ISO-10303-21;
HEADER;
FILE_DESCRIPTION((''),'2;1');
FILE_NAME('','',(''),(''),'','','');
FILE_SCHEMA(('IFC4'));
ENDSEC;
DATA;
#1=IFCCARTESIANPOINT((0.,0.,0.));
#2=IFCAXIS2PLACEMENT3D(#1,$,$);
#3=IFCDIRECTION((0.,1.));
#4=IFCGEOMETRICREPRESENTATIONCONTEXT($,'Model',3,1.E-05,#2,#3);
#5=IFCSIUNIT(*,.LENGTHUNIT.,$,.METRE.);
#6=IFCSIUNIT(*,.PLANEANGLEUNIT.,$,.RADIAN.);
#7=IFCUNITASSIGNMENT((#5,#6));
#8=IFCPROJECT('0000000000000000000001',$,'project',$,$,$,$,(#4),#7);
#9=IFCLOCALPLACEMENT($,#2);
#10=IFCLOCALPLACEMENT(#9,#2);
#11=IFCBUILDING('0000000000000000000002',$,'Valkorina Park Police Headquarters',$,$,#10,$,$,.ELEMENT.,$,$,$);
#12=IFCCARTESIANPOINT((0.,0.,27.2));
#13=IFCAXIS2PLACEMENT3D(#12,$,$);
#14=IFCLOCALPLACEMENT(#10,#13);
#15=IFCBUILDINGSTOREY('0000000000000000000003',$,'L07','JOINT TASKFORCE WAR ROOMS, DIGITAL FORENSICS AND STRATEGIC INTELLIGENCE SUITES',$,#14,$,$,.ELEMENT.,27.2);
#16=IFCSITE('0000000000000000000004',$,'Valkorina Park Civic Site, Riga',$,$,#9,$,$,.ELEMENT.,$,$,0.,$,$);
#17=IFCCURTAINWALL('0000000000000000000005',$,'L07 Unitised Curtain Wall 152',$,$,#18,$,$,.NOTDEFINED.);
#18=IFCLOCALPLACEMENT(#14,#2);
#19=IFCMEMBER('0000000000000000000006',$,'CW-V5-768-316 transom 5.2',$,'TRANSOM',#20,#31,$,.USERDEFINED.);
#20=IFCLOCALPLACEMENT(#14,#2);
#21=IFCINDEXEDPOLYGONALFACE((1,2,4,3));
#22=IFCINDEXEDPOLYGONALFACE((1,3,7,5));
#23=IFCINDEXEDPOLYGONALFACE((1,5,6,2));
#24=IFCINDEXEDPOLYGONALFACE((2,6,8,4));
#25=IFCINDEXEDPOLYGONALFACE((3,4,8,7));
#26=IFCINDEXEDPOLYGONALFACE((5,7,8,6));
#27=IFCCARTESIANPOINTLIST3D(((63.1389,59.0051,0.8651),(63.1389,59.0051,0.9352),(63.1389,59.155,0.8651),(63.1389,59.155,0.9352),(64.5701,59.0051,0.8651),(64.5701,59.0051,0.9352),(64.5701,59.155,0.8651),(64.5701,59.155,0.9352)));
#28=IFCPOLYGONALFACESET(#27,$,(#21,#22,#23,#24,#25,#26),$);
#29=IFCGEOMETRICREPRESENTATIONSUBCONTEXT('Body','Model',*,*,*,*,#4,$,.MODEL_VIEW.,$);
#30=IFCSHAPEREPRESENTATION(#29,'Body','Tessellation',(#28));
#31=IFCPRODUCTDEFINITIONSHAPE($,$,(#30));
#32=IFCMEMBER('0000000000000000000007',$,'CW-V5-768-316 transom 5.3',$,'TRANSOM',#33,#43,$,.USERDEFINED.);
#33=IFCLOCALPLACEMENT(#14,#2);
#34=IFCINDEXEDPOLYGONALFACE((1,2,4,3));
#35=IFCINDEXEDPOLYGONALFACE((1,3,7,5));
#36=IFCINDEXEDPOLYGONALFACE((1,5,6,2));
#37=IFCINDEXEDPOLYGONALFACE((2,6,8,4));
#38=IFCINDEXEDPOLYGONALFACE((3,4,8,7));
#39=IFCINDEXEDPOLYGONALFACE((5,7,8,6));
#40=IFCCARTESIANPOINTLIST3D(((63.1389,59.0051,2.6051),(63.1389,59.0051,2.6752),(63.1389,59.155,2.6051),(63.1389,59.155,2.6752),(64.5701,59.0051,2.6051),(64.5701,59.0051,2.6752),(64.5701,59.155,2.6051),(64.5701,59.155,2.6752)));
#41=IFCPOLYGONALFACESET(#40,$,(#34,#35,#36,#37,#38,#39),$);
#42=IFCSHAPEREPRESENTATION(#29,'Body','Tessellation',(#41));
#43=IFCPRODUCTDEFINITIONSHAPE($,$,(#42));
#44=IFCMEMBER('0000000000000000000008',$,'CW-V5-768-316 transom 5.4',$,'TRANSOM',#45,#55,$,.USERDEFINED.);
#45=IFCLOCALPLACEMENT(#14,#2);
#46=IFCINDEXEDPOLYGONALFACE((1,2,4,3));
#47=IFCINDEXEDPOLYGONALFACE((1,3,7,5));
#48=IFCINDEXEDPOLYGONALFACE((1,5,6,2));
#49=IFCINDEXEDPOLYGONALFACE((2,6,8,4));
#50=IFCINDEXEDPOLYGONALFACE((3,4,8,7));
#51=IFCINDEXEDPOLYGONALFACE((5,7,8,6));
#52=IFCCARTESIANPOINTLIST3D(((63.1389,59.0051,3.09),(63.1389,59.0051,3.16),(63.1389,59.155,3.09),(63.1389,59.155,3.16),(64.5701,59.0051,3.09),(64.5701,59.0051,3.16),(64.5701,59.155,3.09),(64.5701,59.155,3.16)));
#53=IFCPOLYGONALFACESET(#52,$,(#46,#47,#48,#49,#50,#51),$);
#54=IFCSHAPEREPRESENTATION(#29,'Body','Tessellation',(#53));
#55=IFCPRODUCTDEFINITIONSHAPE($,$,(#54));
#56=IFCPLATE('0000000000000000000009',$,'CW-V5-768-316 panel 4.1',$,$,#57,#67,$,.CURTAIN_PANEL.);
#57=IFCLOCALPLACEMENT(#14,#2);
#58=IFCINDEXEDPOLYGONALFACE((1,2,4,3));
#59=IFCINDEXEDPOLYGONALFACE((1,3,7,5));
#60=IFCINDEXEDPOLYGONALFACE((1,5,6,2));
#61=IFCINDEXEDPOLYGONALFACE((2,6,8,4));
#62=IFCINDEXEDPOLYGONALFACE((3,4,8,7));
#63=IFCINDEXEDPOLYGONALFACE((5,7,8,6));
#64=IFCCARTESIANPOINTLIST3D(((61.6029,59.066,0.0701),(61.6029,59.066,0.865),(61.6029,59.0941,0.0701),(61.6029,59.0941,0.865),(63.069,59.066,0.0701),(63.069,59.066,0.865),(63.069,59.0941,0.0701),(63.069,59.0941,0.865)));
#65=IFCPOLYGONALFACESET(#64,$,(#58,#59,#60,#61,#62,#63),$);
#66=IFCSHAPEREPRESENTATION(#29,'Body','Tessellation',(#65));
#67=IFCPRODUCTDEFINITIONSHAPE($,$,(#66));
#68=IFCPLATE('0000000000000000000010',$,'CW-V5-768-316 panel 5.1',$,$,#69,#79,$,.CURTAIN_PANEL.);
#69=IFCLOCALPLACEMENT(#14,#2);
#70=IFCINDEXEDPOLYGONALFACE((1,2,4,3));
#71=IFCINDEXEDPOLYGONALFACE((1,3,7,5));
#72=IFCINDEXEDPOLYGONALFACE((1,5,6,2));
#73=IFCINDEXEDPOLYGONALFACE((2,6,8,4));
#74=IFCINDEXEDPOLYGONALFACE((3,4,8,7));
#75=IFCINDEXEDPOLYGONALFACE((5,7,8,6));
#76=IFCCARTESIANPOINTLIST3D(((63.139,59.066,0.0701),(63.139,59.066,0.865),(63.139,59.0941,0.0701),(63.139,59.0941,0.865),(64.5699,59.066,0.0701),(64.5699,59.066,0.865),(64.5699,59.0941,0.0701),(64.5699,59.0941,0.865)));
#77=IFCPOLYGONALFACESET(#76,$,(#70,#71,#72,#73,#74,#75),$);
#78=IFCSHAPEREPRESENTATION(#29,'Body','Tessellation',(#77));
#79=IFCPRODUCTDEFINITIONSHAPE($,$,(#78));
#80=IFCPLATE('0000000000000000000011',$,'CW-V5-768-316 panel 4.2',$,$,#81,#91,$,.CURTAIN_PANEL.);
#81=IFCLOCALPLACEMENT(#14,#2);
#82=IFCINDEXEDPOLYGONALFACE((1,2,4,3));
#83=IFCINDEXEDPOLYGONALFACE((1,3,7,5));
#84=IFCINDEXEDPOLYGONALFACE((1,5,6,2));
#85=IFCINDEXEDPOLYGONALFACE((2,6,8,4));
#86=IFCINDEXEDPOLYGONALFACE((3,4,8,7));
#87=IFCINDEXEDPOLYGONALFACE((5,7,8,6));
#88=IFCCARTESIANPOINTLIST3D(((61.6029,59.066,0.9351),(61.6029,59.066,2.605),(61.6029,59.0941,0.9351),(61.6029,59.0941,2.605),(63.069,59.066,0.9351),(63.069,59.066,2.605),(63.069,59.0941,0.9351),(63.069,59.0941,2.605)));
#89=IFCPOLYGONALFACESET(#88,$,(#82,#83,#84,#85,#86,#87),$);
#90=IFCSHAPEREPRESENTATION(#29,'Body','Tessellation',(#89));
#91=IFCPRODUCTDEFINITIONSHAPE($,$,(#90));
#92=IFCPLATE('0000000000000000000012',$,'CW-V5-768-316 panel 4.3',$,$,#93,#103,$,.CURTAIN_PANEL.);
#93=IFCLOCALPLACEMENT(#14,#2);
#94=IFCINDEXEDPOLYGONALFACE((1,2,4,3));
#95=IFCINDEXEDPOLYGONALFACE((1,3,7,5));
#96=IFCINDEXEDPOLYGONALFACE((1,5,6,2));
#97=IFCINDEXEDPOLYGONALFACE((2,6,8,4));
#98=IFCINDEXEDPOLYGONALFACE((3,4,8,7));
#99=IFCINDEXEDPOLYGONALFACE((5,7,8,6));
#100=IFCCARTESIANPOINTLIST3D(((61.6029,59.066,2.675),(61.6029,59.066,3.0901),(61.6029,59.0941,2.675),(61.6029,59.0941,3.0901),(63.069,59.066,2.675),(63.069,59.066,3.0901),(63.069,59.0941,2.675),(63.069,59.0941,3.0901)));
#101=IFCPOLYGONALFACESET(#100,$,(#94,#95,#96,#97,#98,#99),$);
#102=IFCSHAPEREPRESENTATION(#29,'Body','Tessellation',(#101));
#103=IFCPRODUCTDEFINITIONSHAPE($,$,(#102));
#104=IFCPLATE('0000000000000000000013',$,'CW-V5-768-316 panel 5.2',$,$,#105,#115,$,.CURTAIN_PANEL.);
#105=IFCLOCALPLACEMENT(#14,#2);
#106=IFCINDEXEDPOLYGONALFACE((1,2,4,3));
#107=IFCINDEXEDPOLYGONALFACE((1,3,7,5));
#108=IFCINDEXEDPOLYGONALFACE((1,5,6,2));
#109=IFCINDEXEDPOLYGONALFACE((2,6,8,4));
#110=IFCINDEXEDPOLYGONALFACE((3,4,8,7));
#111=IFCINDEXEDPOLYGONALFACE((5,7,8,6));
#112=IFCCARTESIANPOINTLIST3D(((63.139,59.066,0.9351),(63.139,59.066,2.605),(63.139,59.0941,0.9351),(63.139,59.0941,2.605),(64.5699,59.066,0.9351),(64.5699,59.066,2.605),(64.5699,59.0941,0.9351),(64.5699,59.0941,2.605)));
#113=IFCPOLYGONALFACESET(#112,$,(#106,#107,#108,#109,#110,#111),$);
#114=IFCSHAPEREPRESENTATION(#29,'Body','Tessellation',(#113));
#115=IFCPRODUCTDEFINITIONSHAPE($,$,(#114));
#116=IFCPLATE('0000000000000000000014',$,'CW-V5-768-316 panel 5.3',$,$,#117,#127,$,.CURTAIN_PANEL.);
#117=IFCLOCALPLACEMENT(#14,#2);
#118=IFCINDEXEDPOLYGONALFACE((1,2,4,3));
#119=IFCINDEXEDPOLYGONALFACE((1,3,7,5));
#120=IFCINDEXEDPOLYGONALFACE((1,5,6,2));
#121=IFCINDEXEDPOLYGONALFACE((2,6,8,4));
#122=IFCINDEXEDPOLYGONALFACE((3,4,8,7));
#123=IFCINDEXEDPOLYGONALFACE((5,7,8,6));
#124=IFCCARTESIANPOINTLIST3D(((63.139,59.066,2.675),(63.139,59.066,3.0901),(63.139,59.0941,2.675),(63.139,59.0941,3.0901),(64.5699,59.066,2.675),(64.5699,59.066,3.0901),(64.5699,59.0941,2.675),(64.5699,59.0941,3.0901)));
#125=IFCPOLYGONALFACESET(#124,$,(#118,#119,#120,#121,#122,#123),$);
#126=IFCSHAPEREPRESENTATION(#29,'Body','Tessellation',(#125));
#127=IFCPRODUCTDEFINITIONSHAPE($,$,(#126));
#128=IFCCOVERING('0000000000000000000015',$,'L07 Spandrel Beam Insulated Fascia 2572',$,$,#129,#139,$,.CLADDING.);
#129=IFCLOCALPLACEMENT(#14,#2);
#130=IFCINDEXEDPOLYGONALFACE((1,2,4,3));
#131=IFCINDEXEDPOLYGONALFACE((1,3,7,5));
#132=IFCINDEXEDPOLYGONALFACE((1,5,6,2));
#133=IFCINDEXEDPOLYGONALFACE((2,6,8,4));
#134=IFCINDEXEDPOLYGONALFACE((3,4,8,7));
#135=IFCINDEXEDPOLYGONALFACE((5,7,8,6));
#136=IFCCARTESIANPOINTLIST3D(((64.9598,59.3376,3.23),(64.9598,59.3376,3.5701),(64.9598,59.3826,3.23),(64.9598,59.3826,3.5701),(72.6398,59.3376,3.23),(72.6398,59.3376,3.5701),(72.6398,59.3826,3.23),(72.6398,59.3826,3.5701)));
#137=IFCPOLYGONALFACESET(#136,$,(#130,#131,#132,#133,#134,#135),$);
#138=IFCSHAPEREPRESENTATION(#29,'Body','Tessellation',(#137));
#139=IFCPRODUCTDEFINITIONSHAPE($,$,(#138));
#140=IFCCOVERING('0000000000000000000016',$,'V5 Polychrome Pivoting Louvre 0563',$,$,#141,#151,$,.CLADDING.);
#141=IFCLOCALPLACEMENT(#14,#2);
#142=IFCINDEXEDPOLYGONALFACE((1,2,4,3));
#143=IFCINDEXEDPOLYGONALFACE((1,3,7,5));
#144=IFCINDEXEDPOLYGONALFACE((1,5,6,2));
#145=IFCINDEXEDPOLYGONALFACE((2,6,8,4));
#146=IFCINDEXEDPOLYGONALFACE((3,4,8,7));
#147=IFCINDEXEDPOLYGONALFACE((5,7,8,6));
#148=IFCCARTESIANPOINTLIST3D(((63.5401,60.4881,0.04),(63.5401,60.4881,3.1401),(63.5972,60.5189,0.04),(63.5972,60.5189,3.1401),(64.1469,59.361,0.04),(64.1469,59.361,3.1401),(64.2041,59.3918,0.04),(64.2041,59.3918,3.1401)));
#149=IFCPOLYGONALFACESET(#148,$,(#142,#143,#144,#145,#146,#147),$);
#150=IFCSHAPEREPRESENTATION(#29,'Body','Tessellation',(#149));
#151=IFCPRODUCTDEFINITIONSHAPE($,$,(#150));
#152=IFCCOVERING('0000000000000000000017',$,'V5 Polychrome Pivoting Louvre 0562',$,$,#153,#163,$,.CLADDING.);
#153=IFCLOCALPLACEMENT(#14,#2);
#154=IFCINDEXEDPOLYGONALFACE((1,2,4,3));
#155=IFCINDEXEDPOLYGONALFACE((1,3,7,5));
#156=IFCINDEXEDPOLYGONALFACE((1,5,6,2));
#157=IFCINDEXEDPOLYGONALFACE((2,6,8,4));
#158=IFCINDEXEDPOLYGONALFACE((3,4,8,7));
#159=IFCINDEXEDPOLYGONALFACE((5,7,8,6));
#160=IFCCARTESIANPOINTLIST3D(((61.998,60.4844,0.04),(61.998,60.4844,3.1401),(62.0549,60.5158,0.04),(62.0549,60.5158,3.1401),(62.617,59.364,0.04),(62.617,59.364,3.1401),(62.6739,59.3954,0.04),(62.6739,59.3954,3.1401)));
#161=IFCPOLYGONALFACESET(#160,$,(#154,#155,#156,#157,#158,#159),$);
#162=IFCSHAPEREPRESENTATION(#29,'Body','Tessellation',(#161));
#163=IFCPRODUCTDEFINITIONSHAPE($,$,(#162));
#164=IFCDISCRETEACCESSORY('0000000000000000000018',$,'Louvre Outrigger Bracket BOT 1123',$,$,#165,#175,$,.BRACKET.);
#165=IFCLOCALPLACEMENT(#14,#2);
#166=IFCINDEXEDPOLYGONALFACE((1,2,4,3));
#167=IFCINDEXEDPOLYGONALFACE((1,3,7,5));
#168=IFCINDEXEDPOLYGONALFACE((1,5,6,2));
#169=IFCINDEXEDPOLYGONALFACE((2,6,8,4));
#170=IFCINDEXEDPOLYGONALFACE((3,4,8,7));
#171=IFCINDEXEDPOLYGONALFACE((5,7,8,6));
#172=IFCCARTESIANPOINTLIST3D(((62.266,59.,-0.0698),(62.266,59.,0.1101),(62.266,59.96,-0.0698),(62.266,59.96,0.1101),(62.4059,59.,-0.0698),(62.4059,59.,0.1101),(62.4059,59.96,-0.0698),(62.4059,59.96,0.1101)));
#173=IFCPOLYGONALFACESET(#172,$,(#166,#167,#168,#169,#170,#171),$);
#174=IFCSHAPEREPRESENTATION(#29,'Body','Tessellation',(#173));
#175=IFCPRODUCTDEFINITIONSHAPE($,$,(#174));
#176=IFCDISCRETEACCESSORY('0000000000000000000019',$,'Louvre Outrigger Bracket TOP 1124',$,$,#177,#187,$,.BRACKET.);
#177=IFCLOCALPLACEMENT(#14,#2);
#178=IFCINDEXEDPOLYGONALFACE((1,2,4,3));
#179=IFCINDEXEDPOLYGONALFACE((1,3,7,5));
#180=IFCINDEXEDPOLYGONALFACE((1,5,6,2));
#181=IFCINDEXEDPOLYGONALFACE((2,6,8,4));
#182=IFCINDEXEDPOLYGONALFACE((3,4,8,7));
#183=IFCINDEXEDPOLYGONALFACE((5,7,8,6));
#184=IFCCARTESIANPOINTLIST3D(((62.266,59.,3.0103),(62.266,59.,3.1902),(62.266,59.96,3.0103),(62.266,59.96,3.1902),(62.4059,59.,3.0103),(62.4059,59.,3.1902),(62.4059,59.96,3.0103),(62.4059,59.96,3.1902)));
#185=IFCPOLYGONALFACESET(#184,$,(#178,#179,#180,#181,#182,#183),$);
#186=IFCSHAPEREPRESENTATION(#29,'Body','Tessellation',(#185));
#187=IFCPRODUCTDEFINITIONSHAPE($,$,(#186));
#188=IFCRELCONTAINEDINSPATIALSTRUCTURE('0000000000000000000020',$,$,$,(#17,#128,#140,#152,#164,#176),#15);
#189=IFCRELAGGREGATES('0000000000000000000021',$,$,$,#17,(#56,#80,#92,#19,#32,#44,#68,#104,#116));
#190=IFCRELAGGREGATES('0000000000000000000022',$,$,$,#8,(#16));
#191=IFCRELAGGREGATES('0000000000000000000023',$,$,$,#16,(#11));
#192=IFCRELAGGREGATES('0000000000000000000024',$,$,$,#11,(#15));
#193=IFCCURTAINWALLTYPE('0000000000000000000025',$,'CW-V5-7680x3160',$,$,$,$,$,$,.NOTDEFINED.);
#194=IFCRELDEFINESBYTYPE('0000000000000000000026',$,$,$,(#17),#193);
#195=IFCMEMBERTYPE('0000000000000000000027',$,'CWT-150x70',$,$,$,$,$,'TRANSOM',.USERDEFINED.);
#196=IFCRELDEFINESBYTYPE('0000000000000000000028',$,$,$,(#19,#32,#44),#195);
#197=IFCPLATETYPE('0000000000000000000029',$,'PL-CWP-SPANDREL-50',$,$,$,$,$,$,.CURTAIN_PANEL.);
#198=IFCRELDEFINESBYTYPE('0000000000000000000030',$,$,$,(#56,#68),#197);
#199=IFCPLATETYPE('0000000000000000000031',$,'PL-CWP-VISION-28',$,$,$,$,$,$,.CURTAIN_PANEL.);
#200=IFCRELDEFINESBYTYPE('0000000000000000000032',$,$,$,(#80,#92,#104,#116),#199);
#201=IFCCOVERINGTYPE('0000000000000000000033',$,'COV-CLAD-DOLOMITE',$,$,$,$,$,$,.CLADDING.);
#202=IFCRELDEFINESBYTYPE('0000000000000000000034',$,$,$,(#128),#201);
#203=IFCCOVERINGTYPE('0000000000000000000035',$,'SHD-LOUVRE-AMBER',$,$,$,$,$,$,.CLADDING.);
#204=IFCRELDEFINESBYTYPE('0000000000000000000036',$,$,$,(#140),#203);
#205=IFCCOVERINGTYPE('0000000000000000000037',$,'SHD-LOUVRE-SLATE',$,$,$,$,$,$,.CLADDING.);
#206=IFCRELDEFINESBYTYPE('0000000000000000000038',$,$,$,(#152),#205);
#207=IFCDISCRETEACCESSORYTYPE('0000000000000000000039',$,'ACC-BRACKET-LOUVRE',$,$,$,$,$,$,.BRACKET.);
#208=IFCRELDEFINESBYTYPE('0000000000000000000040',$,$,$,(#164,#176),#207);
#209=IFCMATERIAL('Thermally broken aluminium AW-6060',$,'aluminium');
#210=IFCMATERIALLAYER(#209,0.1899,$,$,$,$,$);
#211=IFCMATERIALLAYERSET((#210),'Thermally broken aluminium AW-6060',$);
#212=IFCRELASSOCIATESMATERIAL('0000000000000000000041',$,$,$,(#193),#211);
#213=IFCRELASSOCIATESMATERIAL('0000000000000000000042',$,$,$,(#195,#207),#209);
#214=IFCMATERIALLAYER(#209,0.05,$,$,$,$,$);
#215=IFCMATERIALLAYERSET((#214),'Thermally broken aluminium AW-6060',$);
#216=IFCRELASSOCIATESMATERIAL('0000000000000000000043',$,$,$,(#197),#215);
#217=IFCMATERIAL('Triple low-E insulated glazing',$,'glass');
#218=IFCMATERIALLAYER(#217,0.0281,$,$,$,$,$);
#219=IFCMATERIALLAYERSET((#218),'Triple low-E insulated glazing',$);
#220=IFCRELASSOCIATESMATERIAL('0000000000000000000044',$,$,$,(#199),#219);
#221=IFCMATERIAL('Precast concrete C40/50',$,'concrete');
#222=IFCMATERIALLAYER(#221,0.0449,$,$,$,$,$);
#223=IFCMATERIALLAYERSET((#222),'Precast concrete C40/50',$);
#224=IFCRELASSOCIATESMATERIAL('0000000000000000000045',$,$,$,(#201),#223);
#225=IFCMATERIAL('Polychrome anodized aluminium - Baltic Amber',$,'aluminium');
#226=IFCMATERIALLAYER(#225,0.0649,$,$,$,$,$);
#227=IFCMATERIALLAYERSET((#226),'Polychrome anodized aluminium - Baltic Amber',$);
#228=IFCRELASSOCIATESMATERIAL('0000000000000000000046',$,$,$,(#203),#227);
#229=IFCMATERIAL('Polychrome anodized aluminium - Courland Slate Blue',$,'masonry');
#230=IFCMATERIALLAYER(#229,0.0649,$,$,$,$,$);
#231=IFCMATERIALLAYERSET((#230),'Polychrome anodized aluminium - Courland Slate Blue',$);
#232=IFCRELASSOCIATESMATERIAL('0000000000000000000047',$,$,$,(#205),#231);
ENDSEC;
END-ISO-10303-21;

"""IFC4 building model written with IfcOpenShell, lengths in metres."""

from ifc_helpers import new_model, si_unit, direction, frame, frame_2d, origin, origin_2d, place, context, subcontext, project, spatial, rectangle, extrude, material, layer, layer_set, material_profile, profile_set, type_object, element, aggregate, save


model = new_model("IFC4")

# Units and contexts
model_context = context("Model", 3, precision=1e-05, world=origin(), true_north=direction((0.0, 1.0)))
body_context = subcontext(model_context, "Body", "Model", "MODEL_VIEW")
ifc_project = project(units=[si_unit("LENGTHUNIT", "METRE"), si_unit("PLANEANGLEUNIT", "RADIAN")], contexts=[model_context])

# Site, building, storey
site_placement = place(None, origin())
site = spatial("IfcSite", under=ifc_project, at=site_placement, Name="Valkorina Park Civic Site, Riga", CompositionType="ELEMENT", RefElevation=0.0)
building_placement = place(site_placement, origin())
building = spatial("IfcBuilding", under=site, at=building_placement, Name="Valkorina Park Police Headquarters", CompositionType="ELEMENT")
storey_placement = place(building_placement, frame((0.0, 0.0, 27.2)))
storey = spatial("IfcBuildingStorey", under=building, at=storey_placement, Name="L07", Description="JOINT TASKFORCE WAR ROOMS, DIGITAL FORENSICS AND STRATEGIC INTELLIGENCE SUITES", CompositionType="ELEMENT", Elevation=27.2)

# Curtain wall, members, plates
ifc_material_1 = material(Name="Thermally broken aluminium AW-6060", Category="aluminium")
ifc_layer_1 = layer(ifc_material_1, 0.1899)
ifc_layer_set_1 = layer_set([ifc_layer_1], Name="Thermally broken aluminium AW-6060")
curtain_wall_type = type_object("IfcCurtainWallType", Name="CW-V5-7680x3160", PredefinedType="NOTDEFINED", material=ifc_layer_set_1)
curtain_wall_placement = place(storey_placement, origin())
curtain_wall = element("IfcCurtainWall", 1, at=curtain_wall_placement, inside=storey, type_object=curtain_wall_type, Name="L07 Unitised Curtain Wall 152", PredefinedType="NOTDEFINED")
ifc_material_profile_1 = material_profile(ifc_material_1, rectangle(XDim=0.1499, YDim=0.0701, at=origin_2d()), Name="CWT-02 150x70")
ifc_profile_set_1 = profile_set([ifc_material_profile_1], Name="Thermally broken aluminium AW-6060")
member_type_1 = type_object("IfcMemberType", Name="CWT-150x70", ElementType="TRANSOM", PredefinedType="USERDEFINED", material=ifc_profile_set_1)
member_1_placement = place(storey_placement, frame((63.1389, 59.0801, 0.9001), z_axis=(1.0, 0.0, 0.0), x_axis=(0.0, 1.0, 0.0)))
member_1 = element("IfcMember", 2, at=member_1_placement, type_object=member_type_1, Name="CW-V5-768-316 transom 5.2", ObjectType="TRANSOM", PredefinedType="USERDEFINED", context=body_context, shape_type="SweptSolid", body=[
    extrude(rectangle(XDim=0.1499, YDim=0.0701, at=origin_2d()), origin(), (0.0, 0.0, 1.0), 1.4312),
])
member_2_placement = place(storey_placement, frame((63.1389, 59.0801, 2.6401), z_axis=(1.0, 0.0, 0.0), x_axis=(0.0, 1.0, 0.0)))
member_2 = element("IfcMember", 3, at=member_2_placement, type_object=member_type_1, Name="CW-V5-768-316 transom 5.3", ObjectType="TRANSOM", PredefinedType="USERDEFINED", context=body_context, shape_type="SweptSolid", body=[
    extrude(rectangle(XDim=0.1499, YDim=0.0701, at=origin_2d()), origin(), (0.0, 0.0, 1.0), 1.4312),
])
member_3_placement = place(storey_placement, frame((63.1389, 59.0801, 3.125), z_axis=(1.0, 0.0, 0.0), x_axis=(0.0, 1.0, 0.0)))
member_3 = element("IfcMember", 4, at=member_3_placement, type_object=member_type_1, Name="CW-V5-768-316 transom 5.4", ObjectType="TRANSOM", PredefinedType="USERDEFINED", context=body_context, shape_type="SweptSolid", body=[
    extrude(rectangle(XDim=0.1499, YDim=0.0701, at=origin_2d()), origin(), (0.0, 0.0, 1.0), 1.4312),
])
ifc_layer_2 = layer(ifc_material_1, 0.05)
ifc_layer_set_2 = layer_set([ifc_layer_2], Name="Thermally broken aluminium AW-6060")
plate_type_1 = type_object("IfcPlateType", Name="PL-CWP-SPANDREL-50", PredefinedType="CURTAIN_PANEL", material=ifc_layer_set_2)
plate_1_placement = place(storey_placement, frame((62.3359, 59.0801, 0.0701), z_axis=(0.0, 0.0, 1.0), x_axis=(1.0, 0.0, 0.0)))
plate_1 = element("IfcPlate", 5, at=plate_1_placement, type_object=plate_type_1, Name="CW-V5-768-316 panel 4.1", PredefinedType="CURTAIN_PANEL", context=body_context, shape_type="SweptSolid", body=[
    extrude(rectangle(XDim=1.4661, YDim=0.0281, at=origin_2d()), origin(), (0.0, 0.0, 1.0), 0.7949),
])
plate_2_placement = place(storey_placement, frame((63.8545, 59.0801, 0.0701), z_axis=(0.0, 0.0, 1.0), x_axis=(1.0, 0.0, 0.0)))
plate_2 = element("IfcPlate", 6, at=plate_2_placement, type_object=plate_type_1, Name="CW-V5-768-316 panel 5.1", PredefinedType="CURTAIN_PANEL", context=body_context, shape_type="SweptSolid", body=[
    extrude(rectangle(XDim=1.4309, YDim=0.0281, at=origin_2d()), origin(), (0.0, 0.0, 1.0), 0.7949),
])
ifc_material_2 = material(Name="Triple low-E insulated glazing", Category="glass")
ifc_layer_3 = layer(ifc_material_2, 0.0281)
ifc_layer_set_3 = layer_set([ifc_layer_3], Name="Triple low-E insulated glazing")
plate_type_2 = type_object("IfcPlateType", Name="PL-CWP-VISION-28", PredefinedType="CURTAIN_PANEL", material=ifc_layer_set_3)
plate_3_placement = place(storey_placement, frame((62.3359, 59.0801, 0.9351), z_axis=(0.0, 0.0, 1.0), x_axis=(1.0, 0.0, 0.0)))
plate_3 = element("IfcPlate", 7, at=plate_3_placement, type_object=plate_type_2, Name="CW-V5-768-316 panel 4.2", PredefinedType="CURTAIN_PANEL", context=body_context, shape_type="SweptSolid", body=[
    extrude(rectangle(XDim=1.4661, YDim=0.0281, at=origin_2d()), origin(), (0.0, 0.0, 1.0), 1.6699),
])
plate_4_placement = place(storey_placement, frame((62.3359, 59.0801, 2.675), z_axis=(0.0, 0.0, 1.0), x_axis=(1.0, 0.0, 0.0)))
plate_4 = element("IfcPlate", 8, at=plate_4_placement, type_object=plate_type_2, Name="CW-V5-768-316 panel 4.3", PredefinedType="CURTAIN_PANEL", context=body_context, shape_type="SweptSolid", body=[
    extrude(rectangle(XDim=1.4661, YDim=0.0281, at=origin_2d()), origin(), (0.0, 0.0, 1.0), 0.415),
])
plate_5_placement = place(storey_placement, frame((63.8545, 59.0801, 0.9351), z_axis=(0.0, 0.0, 1.0), x_axis=(1.0, 0.0, 0.0)))
plate_5 = element("IfcPlate", 9, at=plate_5_placement, type_object=plate_type_2, Name="CW-V5-768-316 panel 5.2", PredefinedType="CURTAIN_PANEL", context=body_context, shape_type="SweptSolid", body=[
    extrude(rectangle(XDim=1.4309, YDim=0.0281, at=origin_2d()), origin(), (0.0, 0.0, 1.0), 1.6699),
])
plate_6_placement = place(storey_placement, frame((63.8545, 59.0801, 2.675), z_axis=(0.0, 0.0, 1.0), x_axis=(1.0, 0.0, 0.0)))
plate_6 = element("IfcPlate", 10, at=plate_6_placement, type_object=plate_type_2, Name="CW-V5-768-316 panel 5.3", PredefinedType="CURTAIN_PANEL", context=body_context, shape_type="SweptSolid", body=[
    extrude(rectangle(XDim=1.4309, YDim=0.0281, at=origin_2d()), origin(), (0.0, 0.0, 1.0), 0.415),
])
aggregate(curtain_wall, [plate_1, plate_3, plate_4, member_1, member_2, member_3, plate_2, plate_5, plate_6])

# Coverings
ifc_material_3 = material(Name="Precast concrete C40/50", Category="concrete")
ifc_layer_4 = layer(ifc_material_3, 0.0449)
ifc_layer_set_4 = layer_set([ifc_layer_4], Name="Precast concrete C40/50")
covering_type_1 = type_object("IfcCoveringType", Name="COV-CLAD-DOLOMITE", PredefinedType="CLADDING", material=ifc_layer_set_4)
covering_1_placement = place(storey_placement, frame((64.96, 59.3601, 3.23), z_axis=(0.0, 0.0, 1.0), x_axis=(1.0, 0.0, 0.0)))
element("IfcCovering", 11, at=covering_1_placement, inside=storey, type_object=covering_type_1, Name="L07 Spandrel Beam Insulated Fascia 2572", PredefinedType="CLADDING", context=body_context, shape_type="SweptSolid", body=[
    extrude(rectangle(XDim=7.6799, YDim=0.0449, at=frame_2d((3.8398, 0.0))), origin(), (0.0, 0.0, 1.0), 0.3401),
])
ifc_material_4 = material(Name="Polychrome anodized aluminium - Baltic Amber", Category="aluminium")
ifc_layer_5 = layer(ifc_material_4, 0.0649)
ifc_layer_set_5 = layer_set([ifc_layer_5], Name="Polychrome anodized aluminium - Baltic Amber")
covering_type_2 = type_object("IfcCoveringType", Name="SHD-LOUVRE-AMBER", PredefinedType="CLADDING", material=ifc_layer_set_5)
covering_2_placement = place(storey_placement, frame((63.8721, 59.9399, 0.04), z_axis=(0.0, 0.0, 1.0), x_axis=(-0.474088, 0.880477, 0.0)))
element("IfcCovering", 12, at=covering_2_placement, inside=storey, type_object=covering_type_2, Name="V5 Polychrome Pivoting Louvre 0563", PredefinedType="CLADDING", context=body_context, shape_type="SweptSolid", body=[
    extrude(rectangle(XDim=1.28, YDim=0.0649, at=origin_2d()), origin(), (0.0, 0.0, 1.0), 3.1001),
])
ifc_material_5 = material(Name="Polychrome anodized aluminium - Courland Slate Blue", Category="masonry")
ifc_layer_6 = layer(ifc_material_5, 0.0649)
ifc_layer_set_6 = layer_set([ifc_layer_6], Name="Polychrome anodized aluminium - Courland Slate Blue")
covering_type_3 = type_object("IfcCoveringType", Name="SHD-LOUVRE-SLATE", PredefinedType="CLADDING", material=ifc_layer_set_6)
covering_3_placement = place(storey_placement, frame((62.3359, 59.9399, 0.04), z_axis=(0.0, 0.0, 1.0), x_axis=(-0.483588, 0.875296, 0.0)))
element("IfcCovering", 13, at=covering_3_placement, inside=storey, type_object=covering_type_3, Name="V5 Polychrome Pivoting Louvre 0562", PredefinedType="CLADDING", context=body_context, shape_type="SweptSolid", body=[
    extrude(rectangle(XDim=1.28, YDim=0.0649, at=origin_2d()), origin(), (0.0, 0.0, 1.0), 3.1001),
])

# Discrete accessories
discrete_accessory_type = type_object("IfcDiscreteAccessoryType", Name="ACC-BRACKET-LOUVRE", PredefinedType="BRACKET", material=ifc_material_1)
for number, where, z_axis, x_axis, name in (
    (14, (62.3359, 59.48, -0.0698), (0.0, 0.0, 1.0), (0.0, 1.0, 0.0), "Louvre Outrigger Bracket BOT 1123"),
    (15, (62.3359, 59.48, 3.0103), (0.0, 0.0, 1.0), (0.0, 1.0, 0.0), "Louvre Outrigger Bracket TOP 1124"),
):
    element("IfcDiscreteAccessory", number, at=place(storey_placement, frame(where, z_axis=z_axis, x_axis=x_axis)), inside=storey, type_object=discrete_accessory_type, Name=name, PredefinedType="BRACKET", context=body_context, shape_type="SweptSolid", body=[
        extrude(rectangle(XDim=0.96, YDim=0.1399, at=origin_2d()), origin(), (0.0, 0.0, 1.0), 0.1799),
    ])

save(model, "model.ifc")
